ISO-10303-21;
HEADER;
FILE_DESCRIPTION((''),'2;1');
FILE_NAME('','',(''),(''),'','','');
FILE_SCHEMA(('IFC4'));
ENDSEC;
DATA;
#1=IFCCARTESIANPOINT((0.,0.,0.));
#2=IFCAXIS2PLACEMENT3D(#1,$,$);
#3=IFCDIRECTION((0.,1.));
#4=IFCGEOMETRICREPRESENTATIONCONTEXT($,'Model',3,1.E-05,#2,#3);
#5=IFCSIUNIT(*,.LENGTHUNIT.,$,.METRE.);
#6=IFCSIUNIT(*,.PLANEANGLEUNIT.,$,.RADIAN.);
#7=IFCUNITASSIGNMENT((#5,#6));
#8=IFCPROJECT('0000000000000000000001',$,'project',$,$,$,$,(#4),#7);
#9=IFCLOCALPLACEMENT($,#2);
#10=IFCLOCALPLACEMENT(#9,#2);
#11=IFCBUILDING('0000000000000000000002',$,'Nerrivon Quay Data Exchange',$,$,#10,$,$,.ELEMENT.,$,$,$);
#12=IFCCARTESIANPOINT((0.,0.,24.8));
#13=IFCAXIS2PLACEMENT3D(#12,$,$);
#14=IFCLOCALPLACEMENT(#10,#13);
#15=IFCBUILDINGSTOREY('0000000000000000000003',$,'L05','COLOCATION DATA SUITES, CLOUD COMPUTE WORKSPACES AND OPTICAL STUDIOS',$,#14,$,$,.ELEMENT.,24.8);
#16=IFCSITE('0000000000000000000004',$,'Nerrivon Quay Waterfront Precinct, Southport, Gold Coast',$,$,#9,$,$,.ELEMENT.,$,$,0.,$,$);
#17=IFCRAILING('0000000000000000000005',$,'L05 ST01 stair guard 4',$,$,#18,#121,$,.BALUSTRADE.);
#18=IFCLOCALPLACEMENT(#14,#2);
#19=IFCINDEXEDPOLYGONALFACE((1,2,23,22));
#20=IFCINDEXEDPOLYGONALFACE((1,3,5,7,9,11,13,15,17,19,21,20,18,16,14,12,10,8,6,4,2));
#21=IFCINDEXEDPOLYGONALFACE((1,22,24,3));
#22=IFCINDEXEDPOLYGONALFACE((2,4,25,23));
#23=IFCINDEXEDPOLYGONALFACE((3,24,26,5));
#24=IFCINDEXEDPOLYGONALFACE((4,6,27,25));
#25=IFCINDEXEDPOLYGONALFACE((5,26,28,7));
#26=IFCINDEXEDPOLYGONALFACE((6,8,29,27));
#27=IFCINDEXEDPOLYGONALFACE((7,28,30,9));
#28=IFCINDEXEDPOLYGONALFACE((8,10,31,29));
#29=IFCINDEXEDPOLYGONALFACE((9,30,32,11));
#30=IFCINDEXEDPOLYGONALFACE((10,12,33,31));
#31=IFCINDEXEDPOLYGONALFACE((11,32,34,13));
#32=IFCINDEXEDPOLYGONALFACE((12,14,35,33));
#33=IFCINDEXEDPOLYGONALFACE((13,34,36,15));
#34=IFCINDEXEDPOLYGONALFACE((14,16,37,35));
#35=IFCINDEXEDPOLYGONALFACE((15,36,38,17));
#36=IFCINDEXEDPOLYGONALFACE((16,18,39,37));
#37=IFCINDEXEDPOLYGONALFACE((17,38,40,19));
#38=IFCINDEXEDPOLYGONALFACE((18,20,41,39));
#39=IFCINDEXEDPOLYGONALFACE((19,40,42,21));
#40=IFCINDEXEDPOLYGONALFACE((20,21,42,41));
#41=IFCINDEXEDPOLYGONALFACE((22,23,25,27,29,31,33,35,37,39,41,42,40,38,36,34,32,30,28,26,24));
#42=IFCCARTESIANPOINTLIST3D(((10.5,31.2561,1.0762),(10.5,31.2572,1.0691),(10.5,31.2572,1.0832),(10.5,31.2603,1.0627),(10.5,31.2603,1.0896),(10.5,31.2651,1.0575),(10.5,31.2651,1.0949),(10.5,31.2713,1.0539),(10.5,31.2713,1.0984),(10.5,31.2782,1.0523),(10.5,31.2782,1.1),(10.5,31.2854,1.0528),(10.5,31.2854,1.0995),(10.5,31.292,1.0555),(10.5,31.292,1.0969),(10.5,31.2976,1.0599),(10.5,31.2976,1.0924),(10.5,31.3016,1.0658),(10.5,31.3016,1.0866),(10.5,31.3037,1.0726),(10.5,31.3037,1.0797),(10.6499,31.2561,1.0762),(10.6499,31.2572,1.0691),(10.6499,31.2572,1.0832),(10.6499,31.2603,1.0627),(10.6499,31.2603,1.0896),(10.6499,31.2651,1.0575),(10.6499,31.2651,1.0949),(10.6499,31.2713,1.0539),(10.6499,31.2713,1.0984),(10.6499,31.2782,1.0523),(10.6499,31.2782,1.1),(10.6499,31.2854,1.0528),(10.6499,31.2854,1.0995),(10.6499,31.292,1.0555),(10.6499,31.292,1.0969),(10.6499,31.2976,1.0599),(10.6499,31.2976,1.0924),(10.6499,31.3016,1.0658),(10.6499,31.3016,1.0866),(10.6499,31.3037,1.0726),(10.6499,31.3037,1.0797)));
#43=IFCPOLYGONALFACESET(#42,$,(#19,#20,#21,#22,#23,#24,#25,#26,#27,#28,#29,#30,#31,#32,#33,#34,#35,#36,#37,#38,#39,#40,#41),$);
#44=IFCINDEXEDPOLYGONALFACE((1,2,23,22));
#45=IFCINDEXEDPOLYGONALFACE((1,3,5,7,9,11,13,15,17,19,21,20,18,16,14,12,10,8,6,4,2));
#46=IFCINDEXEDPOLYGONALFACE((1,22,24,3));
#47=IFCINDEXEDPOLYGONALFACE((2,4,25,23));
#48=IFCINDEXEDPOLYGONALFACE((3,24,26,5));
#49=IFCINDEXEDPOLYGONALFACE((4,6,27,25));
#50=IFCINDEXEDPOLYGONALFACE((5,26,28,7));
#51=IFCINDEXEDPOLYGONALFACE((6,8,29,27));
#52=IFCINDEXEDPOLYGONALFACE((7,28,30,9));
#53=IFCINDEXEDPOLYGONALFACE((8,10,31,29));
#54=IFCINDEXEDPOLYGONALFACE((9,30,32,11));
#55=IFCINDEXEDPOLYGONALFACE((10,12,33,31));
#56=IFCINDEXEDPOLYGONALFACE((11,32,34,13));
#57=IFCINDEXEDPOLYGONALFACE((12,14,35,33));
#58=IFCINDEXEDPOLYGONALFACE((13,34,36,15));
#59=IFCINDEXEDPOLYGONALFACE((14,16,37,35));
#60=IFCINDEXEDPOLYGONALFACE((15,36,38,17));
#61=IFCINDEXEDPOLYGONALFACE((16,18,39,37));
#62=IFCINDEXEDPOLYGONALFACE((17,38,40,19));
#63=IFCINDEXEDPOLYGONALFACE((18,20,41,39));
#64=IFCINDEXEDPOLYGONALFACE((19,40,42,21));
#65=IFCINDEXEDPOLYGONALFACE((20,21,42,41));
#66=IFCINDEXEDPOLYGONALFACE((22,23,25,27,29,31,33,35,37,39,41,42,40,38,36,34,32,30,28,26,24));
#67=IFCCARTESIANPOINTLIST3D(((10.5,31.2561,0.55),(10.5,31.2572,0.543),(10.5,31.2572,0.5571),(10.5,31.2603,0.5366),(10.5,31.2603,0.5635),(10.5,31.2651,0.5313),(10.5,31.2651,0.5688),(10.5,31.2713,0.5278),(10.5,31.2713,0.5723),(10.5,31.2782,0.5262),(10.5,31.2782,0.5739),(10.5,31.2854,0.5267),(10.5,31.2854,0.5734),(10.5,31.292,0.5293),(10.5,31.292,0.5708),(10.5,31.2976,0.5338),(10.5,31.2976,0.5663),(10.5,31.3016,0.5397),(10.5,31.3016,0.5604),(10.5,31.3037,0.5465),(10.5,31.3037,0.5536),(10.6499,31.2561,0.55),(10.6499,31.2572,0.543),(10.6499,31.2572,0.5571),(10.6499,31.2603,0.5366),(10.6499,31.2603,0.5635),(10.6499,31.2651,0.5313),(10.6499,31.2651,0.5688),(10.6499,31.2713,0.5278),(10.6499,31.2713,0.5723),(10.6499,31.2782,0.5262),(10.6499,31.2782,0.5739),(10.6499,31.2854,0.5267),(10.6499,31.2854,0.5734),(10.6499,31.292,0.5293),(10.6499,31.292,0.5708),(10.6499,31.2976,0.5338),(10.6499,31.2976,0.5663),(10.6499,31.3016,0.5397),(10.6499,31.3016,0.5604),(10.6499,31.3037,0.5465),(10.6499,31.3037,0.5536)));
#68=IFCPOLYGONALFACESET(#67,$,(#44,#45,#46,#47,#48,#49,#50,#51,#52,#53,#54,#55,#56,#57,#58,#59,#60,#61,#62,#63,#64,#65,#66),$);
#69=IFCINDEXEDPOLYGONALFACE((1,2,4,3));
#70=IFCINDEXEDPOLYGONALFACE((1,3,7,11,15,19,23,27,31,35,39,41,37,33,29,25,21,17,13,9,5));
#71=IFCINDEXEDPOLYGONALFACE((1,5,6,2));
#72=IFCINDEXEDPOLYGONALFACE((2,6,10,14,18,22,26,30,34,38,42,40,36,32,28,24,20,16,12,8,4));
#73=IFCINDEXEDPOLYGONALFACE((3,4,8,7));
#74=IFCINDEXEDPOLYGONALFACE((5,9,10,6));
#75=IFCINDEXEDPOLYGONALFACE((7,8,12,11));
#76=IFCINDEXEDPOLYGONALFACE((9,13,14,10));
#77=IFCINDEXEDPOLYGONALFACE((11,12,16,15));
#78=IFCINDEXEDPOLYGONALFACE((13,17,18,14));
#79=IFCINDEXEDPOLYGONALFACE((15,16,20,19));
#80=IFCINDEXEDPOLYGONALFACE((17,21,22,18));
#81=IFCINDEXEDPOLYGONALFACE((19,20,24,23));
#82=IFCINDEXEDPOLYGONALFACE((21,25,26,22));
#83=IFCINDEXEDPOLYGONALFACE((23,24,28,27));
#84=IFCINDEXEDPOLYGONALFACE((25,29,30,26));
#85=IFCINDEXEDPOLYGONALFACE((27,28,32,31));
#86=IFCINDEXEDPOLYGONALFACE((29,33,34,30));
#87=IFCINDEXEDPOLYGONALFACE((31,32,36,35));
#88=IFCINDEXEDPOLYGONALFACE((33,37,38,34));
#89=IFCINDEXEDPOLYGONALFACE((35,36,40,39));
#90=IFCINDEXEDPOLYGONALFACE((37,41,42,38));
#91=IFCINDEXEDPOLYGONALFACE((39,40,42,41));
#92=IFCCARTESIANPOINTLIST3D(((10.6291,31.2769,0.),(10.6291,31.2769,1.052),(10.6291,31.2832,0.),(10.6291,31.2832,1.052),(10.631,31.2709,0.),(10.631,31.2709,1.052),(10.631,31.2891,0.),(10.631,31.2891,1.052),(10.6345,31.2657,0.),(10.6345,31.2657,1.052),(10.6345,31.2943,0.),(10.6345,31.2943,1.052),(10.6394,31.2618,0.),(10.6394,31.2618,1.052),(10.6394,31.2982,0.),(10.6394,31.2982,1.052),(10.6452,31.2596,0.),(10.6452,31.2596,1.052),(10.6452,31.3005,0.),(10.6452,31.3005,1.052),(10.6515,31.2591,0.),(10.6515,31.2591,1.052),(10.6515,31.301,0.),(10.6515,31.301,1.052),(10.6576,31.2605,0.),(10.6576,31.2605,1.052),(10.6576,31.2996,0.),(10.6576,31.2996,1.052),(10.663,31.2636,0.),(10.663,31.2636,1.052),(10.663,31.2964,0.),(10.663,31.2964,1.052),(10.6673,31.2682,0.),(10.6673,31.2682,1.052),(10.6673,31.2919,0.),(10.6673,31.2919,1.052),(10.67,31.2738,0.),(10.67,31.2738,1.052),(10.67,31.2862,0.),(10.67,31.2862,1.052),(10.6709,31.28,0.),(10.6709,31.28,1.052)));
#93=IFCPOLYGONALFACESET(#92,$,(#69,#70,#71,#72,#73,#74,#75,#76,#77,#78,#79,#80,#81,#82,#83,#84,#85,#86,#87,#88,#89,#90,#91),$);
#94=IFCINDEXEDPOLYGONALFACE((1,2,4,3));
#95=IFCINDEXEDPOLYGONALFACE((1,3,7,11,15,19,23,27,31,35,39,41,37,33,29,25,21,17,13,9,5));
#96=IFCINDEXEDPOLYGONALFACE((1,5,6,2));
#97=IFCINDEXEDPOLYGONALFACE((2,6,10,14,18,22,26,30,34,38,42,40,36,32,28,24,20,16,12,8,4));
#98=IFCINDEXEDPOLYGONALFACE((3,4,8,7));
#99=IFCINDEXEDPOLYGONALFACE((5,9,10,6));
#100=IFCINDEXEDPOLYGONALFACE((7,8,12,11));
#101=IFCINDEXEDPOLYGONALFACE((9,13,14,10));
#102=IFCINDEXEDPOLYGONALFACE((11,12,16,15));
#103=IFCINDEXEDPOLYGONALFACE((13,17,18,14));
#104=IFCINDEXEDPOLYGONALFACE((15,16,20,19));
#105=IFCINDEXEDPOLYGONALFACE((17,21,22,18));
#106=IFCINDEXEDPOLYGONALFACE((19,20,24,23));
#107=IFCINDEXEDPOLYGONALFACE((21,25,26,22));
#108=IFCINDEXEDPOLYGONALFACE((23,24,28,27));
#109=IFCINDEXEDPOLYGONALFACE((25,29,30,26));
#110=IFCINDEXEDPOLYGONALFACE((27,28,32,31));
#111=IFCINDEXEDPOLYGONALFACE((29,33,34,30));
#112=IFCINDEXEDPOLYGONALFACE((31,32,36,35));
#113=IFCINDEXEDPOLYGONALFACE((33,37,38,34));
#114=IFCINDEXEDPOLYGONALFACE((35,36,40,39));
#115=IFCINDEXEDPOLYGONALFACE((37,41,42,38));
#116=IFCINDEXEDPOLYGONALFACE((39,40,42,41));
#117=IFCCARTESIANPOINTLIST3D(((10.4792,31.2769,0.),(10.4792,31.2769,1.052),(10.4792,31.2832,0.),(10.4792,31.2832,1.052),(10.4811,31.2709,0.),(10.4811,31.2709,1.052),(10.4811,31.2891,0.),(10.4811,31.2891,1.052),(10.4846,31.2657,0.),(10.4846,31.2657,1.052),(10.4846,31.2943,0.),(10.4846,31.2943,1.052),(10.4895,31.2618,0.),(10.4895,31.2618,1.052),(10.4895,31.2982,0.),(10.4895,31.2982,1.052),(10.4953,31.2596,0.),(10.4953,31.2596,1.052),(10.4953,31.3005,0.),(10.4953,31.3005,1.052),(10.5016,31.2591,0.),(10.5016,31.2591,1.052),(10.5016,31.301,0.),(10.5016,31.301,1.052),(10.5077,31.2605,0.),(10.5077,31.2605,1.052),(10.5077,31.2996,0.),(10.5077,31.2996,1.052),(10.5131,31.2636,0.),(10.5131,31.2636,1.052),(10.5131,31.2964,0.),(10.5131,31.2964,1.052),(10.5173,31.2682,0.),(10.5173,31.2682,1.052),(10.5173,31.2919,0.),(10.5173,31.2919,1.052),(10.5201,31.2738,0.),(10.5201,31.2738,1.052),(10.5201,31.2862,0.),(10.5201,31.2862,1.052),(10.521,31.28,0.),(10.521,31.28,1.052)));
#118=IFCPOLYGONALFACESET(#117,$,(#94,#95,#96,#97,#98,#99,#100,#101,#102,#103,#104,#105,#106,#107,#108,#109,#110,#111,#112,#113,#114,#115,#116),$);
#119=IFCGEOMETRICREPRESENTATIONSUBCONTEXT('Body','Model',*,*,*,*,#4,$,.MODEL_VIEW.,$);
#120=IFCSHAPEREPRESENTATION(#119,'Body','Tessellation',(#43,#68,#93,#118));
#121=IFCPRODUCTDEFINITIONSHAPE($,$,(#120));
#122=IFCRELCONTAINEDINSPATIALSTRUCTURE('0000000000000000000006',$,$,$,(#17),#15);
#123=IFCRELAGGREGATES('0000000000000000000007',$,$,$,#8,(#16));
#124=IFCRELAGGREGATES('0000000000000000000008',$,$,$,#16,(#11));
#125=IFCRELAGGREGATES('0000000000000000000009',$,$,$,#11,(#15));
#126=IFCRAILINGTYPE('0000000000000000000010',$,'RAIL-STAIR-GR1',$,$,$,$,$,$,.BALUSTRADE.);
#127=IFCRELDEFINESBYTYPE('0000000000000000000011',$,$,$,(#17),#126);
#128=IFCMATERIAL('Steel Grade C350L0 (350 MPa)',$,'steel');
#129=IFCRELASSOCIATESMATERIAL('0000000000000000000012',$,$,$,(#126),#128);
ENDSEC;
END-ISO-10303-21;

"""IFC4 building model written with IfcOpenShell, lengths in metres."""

from ifc_helpers import new_model, si_unit, direction, frame, origin, origin_2d, place, context, subcontext, project, spatial, circle, extrude, material, type_object, element, save


model = new_model("IFC4")

# Units and contexts
model_context = context("Model", 3, precision=1e-05, world=origin(), true_north=direction((0.0, 1.0)))
body_context = subcontext(model_context, "Body", "Model", "MODEL_VIEW")
ifc_project = project(units=[si_unit("LENGTHUNIT", "METRE"), si_unit("PLANEANGLEUNIT", "RADIAN")], contexts=[model_context])

# Site, building, storey
site_placement = place(None, origin())
site = spatial("IfcSite", under=ifc_project, at=site_placement, Name="Nerrivon Quay Waterfront Precinct, Southport, Gold Coast", CompositionType="ELEMENT", RefElevation=0.0)
building_placement = place(site_placement, origin())
building = spatial("IfcBuilding", under=site, at=building_placement, Name="Nerrivon Quay Data Exchange", CompositionType="ELEMENT")
storey_placement = place(building_placement, frame((0.0, 0.0, 24.8)))
storey = spatial("IfcBuildingStorey", under=building, at=storey_placement, Name="L05", Description="COLOCATION DATA SUITES, CLOUD COMPUTE WORKSPACES AND OPTICAL STUDIOS", CompositionType="ELEMENT", Elevation=24.8)

# Railing
ifc_material_1 = material(Name="Steel Grade C350L0 (350 MPa)", Category="steel")
railing_type_1 = type_object("IfcRailingType", Name="RAIL-STAIR-GR1", PredefinedType="BALUSTRADE", material=ifc_material_1)
railing_1_placement = place(storey_placement, frame((10.6499, 31.28, 0.0)))
element("IfcRailing", 1, at=railing_1_placement, inside=storey, type_object=railing_type_1, Name="L05 ST01 stair guard 4", PredefinedType="BALUSTRADE", context=body_context, shape_type="SweptSolid", body=[
    extrude(circle(Radius=0.0239, at=origin_2d()), frame((0.0, 0.0, 1.0762), z_axis=(-1.0, 0.0, 0.0), x_axis=(0.0, -1.0, 0.0)), (0.0, 0.0, 1.0), 0.1499),
    extrude(circle(Radius=0.0239, at=origin_2d()), frame((0.0, 0.0, 0.55), z_axis=(-1.0, 0.0, 0.0), x_axis=(0.0, -1.0, 0.0)), (0.0, 0.0, 1.0), 0.1499),
    extrude(circle(Radius=0.021, at=origin_2d()), origin(), (0.0, 0.0, 1.0), 1.052),
    extrude(circle(Radius=0.021, at=origin_2d()), frame((-0.1499, 0.0, 0.0)), (0.0, 0.0, 1.0), 1.052),
])

save(model, "model.ifc")
